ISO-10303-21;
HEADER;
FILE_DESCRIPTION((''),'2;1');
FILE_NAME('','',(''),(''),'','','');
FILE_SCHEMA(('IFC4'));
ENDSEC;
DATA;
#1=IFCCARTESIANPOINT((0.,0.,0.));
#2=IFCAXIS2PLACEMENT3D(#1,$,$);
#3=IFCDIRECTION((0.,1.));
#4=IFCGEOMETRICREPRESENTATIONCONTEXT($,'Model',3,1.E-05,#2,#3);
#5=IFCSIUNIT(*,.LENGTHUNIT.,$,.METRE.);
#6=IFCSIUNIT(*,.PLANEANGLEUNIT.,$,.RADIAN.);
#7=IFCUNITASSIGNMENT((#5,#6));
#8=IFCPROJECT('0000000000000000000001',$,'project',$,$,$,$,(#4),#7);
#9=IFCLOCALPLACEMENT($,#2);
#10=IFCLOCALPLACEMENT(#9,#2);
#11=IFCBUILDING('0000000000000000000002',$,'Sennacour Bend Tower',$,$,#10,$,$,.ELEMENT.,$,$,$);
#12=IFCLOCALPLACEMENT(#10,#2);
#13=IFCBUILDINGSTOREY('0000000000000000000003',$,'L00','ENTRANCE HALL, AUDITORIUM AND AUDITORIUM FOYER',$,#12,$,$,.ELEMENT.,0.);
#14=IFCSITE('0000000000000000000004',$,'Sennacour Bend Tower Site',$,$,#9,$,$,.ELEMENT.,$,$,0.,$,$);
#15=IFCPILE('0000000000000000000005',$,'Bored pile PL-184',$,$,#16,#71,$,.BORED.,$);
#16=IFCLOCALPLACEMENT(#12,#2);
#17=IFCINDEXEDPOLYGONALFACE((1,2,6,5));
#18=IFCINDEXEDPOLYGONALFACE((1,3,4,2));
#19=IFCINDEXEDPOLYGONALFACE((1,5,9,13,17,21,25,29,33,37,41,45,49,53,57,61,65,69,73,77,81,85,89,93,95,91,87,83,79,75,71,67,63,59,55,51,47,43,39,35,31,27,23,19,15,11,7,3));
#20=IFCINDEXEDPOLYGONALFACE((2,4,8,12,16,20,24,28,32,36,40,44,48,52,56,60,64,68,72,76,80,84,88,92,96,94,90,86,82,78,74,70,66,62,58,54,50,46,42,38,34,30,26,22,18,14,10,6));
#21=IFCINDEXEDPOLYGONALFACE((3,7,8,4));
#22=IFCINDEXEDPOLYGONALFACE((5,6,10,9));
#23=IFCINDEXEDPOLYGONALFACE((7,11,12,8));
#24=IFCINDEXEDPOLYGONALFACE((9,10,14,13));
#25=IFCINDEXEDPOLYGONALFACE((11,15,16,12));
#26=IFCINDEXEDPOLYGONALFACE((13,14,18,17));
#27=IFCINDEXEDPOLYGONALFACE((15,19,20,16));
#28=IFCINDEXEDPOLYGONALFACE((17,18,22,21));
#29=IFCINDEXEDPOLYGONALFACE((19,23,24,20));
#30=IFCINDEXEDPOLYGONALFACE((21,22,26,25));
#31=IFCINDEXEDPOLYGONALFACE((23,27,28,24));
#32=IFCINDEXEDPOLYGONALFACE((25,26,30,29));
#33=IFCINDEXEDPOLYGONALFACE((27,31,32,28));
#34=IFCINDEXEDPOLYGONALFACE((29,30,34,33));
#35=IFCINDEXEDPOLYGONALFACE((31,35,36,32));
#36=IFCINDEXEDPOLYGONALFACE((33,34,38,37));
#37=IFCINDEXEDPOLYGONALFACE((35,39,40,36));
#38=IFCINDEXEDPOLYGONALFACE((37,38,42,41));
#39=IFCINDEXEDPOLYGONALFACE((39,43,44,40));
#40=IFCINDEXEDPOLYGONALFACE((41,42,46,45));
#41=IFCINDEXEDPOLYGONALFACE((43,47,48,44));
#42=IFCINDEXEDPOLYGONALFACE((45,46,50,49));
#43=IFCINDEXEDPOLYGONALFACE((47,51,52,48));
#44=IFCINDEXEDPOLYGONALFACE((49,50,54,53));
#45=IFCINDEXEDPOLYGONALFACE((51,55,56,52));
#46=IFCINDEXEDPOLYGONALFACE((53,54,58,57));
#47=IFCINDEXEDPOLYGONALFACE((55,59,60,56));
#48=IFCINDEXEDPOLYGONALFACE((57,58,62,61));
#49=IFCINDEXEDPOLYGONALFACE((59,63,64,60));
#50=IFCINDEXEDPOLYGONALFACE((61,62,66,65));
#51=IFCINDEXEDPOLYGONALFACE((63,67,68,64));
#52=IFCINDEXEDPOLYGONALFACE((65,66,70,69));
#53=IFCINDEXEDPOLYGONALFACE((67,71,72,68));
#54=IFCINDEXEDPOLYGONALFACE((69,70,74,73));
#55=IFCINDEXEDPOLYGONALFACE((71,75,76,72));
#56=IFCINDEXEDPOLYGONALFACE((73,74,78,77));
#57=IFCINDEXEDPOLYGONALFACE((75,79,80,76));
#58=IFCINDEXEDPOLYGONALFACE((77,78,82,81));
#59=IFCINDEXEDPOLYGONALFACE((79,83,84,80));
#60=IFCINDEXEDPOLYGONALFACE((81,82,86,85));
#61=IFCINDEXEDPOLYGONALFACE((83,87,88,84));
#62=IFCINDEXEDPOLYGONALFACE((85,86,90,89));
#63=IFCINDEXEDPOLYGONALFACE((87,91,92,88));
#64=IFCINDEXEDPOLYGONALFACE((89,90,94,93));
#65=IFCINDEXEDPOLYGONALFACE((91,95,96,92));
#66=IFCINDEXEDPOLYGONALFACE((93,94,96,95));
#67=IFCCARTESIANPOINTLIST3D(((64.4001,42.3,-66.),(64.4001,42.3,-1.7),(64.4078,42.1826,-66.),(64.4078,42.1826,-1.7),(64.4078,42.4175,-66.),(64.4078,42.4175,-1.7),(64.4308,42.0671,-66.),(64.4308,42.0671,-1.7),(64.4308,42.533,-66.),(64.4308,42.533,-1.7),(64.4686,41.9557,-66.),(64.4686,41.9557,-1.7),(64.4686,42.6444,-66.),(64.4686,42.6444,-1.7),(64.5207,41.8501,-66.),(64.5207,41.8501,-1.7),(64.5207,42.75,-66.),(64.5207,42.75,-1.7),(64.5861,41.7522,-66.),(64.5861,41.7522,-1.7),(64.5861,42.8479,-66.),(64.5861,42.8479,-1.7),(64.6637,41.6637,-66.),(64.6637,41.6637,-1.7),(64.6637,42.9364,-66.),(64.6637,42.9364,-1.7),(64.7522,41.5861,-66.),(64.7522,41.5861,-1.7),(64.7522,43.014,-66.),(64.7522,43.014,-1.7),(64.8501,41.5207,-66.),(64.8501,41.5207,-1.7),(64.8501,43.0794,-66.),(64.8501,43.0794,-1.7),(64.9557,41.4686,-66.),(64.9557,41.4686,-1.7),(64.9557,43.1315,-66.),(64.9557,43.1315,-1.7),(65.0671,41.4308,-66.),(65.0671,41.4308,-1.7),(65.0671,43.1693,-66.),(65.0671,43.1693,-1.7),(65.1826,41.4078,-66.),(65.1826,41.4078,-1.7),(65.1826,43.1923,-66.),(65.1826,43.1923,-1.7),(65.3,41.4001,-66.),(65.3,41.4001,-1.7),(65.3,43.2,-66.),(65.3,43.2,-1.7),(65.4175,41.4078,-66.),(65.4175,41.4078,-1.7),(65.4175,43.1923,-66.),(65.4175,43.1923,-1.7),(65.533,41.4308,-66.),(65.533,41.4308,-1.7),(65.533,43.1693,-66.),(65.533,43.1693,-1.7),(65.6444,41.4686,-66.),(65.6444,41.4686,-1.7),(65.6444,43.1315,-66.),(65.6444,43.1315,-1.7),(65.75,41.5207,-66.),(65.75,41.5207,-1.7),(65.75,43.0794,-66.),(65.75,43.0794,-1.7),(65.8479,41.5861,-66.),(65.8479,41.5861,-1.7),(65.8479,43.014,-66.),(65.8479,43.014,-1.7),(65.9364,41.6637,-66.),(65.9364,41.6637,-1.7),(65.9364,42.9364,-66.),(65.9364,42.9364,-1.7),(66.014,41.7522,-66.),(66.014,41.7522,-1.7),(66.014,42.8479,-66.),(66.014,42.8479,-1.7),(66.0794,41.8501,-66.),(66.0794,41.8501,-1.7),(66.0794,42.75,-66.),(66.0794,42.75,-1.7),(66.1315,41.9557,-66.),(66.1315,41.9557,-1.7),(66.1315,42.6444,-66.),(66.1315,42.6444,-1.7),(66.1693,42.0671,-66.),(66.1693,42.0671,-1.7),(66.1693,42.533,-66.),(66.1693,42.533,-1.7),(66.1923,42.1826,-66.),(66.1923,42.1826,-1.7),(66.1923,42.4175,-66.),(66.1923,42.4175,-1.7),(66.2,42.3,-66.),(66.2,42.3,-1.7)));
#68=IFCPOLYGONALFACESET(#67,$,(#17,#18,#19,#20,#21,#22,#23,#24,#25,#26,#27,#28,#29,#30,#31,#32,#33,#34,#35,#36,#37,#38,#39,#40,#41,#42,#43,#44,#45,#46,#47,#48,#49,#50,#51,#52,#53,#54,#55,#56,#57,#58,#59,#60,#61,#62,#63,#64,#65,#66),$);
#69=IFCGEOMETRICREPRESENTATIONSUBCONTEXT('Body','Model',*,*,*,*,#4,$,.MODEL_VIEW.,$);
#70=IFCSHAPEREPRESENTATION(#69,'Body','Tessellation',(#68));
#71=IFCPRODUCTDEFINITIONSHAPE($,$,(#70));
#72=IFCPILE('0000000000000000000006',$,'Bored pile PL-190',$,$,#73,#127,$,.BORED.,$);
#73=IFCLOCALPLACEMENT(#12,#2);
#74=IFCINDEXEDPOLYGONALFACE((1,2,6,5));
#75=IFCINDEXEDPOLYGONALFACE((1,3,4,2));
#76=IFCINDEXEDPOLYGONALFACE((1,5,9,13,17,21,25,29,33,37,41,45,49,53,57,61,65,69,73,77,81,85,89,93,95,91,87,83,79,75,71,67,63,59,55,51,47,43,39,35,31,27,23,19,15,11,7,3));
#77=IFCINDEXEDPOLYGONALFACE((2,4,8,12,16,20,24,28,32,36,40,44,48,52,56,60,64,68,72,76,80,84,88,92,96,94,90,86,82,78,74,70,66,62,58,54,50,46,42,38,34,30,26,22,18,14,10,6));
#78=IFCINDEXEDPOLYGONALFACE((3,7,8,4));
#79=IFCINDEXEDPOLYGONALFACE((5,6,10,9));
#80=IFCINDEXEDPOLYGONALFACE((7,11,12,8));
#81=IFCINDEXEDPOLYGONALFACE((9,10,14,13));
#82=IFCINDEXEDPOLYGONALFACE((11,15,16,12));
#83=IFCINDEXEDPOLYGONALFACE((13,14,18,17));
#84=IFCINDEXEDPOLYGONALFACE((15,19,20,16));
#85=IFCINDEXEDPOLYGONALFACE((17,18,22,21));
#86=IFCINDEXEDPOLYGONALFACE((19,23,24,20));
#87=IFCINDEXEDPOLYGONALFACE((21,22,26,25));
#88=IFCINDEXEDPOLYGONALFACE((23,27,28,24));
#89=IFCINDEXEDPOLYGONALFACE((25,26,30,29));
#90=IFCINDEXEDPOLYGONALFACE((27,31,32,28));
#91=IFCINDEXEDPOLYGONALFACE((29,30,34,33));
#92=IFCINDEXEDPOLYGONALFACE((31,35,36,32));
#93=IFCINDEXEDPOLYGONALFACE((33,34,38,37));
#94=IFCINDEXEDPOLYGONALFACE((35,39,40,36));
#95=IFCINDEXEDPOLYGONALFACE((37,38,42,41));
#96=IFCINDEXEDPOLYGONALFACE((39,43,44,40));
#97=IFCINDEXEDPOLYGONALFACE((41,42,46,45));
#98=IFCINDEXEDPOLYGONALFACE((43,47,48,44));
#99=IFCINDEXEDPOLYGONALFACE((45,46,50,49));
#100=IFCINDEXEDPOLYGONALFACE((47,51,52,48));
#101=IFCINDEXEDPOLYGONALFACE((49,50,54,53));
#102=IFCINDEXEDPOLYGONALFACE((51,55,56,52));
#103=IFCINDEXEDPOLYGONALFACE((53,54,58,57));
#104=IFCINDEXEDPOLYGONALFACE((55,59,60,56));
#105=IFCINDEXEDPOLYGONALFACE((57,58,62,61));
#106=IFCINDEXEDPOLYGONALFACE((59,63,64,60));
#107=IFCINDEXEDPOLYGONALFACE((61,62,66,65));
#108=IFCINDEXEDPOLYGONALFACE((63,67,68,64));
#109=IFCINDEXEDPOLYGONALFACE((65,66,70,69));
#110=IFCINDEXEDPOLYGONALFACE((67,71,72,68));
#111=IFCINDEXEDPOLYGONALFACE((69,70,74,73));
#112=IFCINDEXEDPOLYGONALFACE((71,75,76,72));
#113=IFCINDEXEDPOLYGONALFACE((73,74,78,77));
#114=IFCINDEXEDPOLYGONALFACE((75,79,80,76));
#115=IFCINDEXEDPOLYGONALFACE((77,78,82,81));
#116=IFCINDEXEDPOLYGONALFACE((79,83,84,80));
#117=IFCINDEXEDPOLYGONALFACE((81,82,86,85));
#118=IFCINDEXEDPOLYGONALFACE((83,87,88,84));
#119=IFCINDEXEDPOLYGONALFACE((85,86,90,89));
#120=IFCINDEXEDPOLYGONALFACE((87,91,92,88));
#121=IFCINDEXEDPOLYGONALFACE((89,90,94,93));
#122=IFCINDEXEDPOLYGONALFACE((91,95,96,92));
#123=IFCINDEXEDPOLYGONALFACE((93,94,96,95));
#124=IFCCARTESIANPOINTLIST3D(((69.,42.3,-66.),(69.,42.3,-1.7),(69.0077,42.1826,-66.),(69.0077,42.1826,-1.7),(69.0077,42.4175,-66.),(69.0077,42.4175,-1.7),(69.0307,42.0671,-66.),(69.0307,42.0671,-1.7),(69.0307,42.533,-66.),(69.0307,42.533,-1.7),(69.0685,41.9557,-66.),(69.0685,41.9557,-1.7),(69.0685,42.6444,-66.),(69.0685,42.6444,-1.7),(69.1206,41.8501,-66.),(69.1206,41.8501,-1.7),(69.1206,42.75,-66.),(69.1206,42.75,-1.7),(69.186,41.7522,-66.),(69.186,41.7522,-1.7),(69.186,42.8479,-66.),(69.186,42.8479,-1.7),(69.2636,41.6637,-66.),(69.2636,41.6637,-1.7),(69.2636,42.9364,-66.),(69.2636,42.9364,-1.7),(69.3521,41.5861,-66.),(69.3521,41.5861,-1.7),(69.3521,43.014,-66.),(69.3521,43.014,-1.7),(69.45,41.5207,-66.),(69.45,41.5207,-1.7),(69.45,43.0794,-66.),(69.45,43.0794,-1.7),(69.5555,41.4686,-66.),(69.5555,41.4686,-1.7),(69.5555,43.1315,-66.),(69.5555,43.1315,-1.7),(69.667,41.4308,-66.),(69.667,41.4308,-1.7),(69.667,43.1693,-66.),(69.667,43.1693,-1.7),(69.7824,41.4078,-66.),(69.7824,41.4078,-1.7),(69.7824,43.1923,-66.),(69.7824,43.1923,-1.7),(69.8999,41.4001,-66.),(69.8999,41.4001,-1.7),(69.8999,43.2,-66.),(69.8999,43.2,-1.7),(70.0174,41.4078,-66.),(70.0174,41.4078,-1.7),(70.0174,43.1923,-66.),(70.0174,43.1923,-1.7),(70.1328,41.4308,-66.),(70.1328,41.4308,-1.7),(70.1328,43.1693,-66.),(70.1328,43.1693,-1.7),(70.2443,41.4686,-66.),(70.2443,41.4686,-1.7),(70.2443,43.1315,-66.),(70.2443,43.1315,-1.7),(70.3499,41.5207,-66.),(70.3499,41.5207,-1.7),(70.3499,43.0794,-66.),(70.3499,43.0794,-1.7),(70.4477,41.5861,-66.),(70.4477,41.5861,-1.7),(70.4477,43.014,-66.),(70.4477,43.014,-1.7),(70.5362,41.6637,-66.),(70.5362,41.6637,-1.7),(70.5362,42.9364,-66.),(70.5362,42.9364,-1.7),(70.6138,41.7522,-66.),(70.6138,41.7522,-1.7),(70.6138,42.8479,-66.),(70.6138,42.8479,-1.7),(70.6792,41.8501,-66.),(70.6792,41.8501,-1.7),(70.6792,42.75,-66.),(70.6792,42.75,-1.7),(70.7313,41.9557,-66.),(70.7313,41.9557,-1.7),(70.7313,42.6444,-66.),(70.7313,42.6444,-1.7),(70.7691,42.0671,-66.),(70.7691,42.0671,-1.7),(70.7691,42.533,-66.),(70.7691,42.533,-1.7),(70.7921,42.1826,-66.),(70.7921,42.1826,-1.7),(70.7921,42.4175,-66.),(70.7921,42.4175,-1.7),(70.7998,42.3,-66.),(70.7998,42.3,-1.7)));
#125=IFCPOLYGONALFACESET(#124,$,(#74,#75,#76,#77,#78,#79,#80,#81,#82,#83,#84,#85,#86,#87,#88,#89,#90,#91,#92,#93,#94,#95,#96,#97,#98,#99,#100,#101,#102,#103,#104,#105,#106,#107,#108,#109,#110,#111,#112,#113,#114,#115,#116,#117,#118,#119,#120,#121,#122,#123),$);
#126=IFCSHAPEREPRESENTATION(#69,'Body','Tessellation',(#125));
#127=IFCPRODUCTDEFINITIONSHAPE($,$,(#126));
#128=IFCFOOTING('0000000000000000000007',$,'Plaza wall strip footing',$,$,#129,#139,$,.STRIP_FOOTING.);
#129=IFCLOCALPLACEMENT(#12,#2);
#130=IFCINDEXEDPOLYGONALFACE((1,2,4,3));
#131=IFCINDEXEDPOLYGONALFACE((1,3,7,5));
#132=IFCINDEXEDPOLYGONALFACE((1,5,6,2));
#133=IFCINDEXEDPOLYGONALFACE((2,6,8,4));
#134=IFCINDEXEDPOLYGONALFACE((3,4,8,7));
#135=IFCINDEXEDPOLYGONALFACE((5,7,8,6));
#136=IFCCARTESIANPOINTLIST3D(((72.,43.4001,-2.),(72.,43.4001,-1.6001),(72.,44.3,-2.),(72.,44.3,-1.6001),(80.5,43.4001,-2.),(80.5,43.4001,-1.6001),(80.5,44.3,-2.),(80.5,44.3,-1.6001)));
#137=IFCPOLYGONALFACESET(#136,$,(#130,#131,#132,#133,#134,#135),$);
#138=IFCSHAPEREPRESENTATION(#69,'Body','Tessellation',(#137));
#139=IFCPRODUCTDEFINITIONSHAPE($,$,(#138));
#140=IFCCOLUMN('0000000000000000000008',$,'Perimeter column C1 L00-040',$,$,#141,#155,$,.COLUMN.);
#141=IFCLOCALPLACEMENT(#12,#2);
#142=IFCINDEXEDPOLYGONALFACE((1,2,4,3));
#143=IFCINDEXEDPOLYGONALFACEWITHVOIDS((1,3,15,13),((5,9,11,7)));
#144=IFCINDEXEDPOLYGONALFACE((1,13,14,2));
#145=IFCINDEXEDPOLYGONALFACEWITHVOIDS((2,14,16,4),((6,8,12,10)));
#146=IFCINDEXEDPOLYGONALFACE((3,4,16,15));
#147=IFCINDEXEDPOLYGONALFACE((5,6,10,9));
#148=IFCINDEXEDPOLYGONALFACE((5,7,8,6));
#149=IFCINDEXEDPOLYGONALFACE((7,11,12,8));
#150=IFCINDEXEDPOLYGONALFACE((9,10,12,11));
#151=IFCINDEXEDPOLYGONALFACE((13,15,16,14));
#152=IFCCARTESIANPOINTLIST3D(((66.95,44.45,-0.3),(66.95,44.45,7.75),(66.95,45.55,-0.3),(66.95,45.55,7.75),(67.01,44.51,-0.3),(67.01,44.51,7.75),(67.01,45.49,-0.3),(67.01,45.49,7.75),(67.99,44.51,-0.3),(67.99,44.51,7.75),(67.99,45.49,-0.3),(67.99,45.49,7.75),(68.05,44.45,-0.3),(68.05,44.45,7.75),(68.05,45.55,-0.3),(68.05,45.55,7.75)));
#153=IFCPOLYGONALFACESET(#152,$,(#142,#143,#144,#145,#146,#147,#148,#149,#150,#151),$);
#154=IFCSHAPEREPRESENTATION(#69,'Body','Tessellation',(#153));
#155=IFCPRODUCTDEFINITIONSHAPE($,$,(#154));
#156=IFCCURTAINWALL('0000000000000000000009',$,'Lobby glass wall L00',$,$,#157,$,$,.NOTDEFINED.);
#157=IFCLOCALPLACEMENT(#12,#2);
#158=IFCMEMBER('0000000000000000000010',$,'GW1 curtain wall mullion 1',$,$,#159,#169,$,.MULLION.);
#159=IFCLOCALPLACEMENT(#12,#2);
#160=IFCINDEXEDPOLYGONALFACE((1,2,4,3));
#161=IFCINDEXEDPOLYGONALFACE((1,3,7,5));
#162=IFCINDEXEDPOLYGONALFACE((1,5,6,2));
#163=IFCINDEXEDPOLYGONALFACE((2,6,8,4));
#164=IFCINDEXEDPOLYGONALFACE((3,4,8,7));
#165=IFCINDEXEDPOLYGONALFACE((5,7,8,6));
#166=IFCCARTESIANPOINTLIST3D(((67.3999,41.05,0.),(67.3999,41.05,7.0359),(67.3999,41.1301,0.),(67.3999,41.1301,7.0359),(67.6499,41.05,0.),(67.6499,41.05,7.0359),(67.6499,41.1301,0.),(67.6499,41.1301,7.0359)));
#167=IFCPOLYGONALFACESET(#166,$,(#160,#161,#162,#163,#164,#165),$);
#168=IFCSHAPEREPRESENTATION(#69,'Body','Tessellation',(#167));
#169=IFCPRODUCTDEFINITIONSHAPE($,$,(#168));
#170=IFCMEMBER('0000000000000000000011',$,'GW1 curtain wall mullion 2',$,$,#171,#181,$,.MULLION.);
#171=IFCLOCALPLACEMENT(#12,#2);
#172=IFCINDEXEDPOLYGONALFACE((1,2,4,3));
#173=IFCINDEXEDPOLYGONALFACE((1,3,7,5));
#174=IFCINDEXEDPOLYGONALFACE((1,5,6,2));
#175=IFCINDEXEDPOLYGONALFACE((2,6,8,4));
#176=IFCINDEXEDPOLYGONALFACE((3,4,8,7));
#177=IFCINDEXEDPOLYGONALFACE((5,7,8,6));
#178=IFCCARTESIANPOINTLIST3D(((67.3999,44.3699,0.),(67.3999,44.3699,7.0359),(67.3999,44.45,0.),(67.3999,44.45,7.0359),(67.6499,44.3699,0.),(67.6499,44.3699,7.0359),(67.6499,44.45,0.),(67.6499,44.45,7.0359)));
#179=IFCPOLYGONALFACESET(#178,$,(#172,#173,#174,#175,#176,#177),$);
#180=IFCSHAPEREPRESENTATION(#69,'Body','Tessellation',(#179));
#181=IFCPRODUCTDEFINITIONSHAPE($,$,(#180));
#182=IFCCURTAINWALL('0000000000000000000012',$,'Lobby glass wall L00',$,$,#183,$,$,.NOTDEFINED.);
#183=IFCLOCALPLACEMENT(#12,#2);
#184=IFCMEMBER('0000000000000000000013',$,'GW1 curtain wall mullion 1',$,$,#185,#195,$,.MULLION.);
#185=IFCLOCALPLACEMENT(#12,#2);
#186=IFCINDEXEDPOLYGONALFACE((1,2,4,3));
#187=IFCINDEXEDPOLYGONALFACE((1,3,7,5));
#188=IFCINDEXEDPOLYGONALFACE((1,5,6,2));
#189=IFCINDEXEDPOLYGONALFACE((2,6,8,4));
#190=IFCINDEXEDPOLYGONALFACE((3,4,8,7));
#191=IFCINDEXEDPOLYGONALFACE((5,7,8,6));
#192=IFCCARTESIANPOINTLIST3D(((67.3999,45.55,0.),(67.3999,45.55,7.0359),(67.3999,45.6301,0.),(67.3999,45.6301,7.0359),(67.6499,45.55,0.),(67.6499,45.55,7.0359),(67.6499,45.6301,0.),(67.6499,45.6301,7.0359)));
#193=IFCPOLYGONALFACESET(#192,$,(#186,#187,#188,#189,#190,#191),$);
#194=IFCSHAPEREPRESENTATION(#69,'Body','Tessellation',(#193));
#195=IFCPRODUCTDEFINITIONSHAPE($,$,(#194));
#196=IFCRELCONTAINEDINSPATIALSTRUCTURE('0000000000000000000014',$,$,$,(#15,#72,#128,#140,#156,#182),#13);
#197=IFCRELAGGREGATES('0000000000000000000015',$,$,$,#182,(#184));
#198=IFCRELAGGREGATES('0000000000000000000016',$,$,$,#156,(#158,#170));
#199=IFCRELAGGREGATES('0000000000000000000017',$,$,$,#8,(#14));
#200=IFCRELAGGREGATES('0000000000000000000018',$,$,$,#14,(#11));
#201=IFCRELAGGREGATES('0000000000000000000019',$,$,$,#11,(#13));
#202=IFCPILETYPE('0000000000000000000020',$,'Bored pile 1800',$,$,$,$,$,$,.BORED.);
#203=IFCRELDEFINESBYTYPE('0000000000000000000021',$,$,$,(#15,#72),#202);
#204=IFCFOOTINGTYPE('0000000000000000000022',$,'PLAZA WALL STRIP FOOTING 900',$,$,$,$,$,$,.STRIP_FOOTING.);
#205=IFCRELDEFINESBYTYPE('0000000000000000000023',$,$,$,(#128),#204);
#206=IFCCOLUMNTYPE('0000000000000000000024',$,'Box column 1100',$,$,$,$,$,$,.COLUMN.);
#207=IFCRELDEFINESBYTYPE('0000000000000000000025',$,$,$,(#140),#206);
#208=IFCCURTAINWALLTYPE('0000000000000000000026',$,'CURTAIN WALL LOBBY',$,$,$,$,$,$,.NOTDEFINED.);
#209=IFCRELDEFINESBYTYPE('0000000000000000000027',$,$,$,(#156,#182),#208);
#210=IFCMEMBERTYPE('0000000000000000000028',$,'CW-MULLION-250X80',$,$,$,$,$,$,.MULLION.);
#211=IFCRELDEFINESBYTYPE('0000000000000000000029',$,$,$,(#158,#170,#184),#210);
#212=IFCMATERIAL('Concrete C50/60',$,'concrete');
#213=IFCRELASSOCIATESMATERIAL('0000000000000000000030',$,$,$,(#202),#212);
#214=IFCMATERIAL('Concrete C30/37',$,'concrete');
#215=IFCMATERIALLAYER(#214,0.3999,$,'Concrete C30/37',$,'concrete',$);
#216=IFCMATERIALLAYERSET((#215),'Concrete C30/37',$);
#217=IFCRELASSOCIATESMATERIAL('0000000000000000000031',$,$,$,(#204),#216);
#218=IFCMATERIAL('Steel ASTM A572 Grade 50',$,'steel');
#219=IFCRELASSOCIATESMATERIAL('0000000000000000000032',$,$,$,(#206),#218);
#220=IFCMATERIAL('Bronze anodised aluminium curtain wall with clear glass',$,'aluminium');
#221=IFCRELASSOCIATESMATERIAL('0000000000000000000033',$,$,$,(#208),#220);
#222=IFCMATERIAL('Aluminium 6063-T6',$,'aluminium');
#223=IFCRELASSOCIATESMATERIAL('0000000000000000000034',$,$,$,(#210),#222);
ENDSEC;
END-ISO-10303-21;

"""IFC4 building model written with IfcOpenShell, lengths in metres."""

from ifc_helpers import new_model, si_unit, direction, frame, origin, origin_2d, place, context, subcontext, project, spatial, rectangle, hollow_rectangle, circle, extrude, material, layer, layer_set, material_profile, profile_set, type_object, element, aggregate, save


model = new_model("IFC4")

# Units and contexts
model_context = context("Model", 3, precision=1e-05, world=origin(), true_north=direction((0.0, 1.0)))
body_context = subcontext(model_context, "Body", "Model", "MODEL_VIEW")
ifc_project = project(units=[si_unit("LENGTHUNIT", "METRE"), si_unit("PLANEANGLEUNIT", "RADIAN")], contexts=[model_context])

# Site, building, storey
site_placement = place(None, origin())
site = spatial("IfcSite", under=ifc_project, at=site_placement, Name="Sennacour Bend Tower Site", CompositionType="ELEMENT", RefElevation=0.0)
building_placement = place(site_placement, origin())
building = spatial("IfcBuilding", under=site, at=building_placement, Name="Sennacour Bend Tower", CompositionType="ELEMENT")
storey_placement = place(building_placement, origin())
storey = spatial("IfcBuildingStorey", under=building, at=storey_placement, Name="L00", Description="ENTRANCE HALL, AUDITORIUM AND AUDITORIUM FOYER", CompositionType="ELEMENT", Elevation=0.0)

# Piles
ifc_material_1 = material(Name="Concrete C50/60", Category="concrete")
ifc_material_profile_1 = material_profile(ifc_material_1, circle(Radius=0.8999, at=origin_2d()), Name="Concrete C50/60", Category="concrete")
ifc_profile_set_1 = profile_set([ifc_material_profile_1], Name="Concrete C50/60")
pile_type = type_object("IfcPileType", Name="Bored pile 1800", PredefinedType="BORED", material=ifc_profile_set_1)
for number, where, z_axis, x_axis, name in (
    (1, (65.3, 42.3, -1.7), (0.0, 0.0, -1.0), (1.0, 0.0, 0.0), "Bored pile PL-184"),
    (2, (69.8999, 42.3, -1.7), (0.0, 0.0, -1.0), (1.0, 0.0, 0.0), "Bored pile PL-190"),
):
    element("IfcPile", number, at=place(storey_placement, frame(where, z_axis=z_axis, x_axis=x_axis)), inside=storey, type_object=pile_type, Name=name, PredefinedType="BORED", context=body_context, shape_type="SweptSolid", body=[
        extrude(circle(Radius=0.8999, at=origin_2d()), origin(), (0.0, 0.0, 1.0), 64.3),
    ])

# Footing
ifc_material_2 = material(Name="Concrete C30/37", Category="concrete")
ifc_layer_1 = layer(ifc_material_2, 0.3999, Name="Concrete C30/37", Category="concrete")
ifc_layer_set_1 = layer_set([ifc_layer_1], Name="Concrete C30/37")
footing_type = type_object("IfcFootingType", Name="PLAZA WALL STRIP FOOTING 900", PredefinedType="STRIP_FOOTING", material=ifc_layer_set_1)
footing_placement = place(storey_placement, frame((76.25, 43.8501, -2.0), z_axis=(0.0, 0.0, 1.0), x_axis=(1.0, 0.0, 0.0)))
element("IfcFooting", 3, at=footing_placement, inside=storey, type_object=footing_type, Name="Plaza wall strip footing", PredefinedType="STRIP_FOOTING", context=body_context, shape_type="SweptSolid", body=[
    extrude(rectangle(XDim=8.5, YDim=0.8999, at=origin_2d()), origin(), (0.0, 0.0, 1.0), 0.3999),
])

# Column
ifc_material_3 = material(Name="Steel ASTM A572 Grade 50", Category="steel")
ifc_material_profile_2 = material_profile(ifc_material_3, hollow_rectangle(XDim=1.1001, YDim=1.1001, WallThickness=0.0601, at=origin_2d()), Name="Steel ASTM A572 Grade 50", Category="steel")
ifc_profile_set_2 = profile_set([ifc_material_profile_2], Name="Steel ASTM A572 Grade 50")
column_type = type_object("IfcColumnType", Name="Box column 1100", PredefinedType="COLUMN", material=ifc_profile_set_2)
column_placement = place(storey_placement, frame((67.5, 45.0, -0.3), z_axis=(0.0, 0.0, 1.0), x_axis=(1.0, 0.0, 0.0)))
element("IfcColumn", 4, at=column_placement, inside=storey, type_object=column_type, Name="Perimeter column C1 L00-040", PredefinedType="COLUMN", context=body_context, shape_type="SweptSolid", body=[
    extrude(hollow_rectangle(XDim=1.1001, YDim=1.1001, WallThickness=0.0601, at=origin_2d()), origin(), (0.0, 0.0, 1.0), 8.05),
])

# Curtain wall, members
ifc_material_4 = material(Name="Bronze anodised aluminium curtain wall with clear glass", Category="aluminium")
curtain_wall_type = type_object("IfcCurtainWallType", Name="CURTAIN WALL LOBBY", PredefinedType="NOTDEFINED", material=ifc_material_4)
curtain_wall_1_placement = place(storey_placement, origin())
curtain_wall_1 = element("IfcCurtainWall", 5, at=curtain_wall_1_placement, inside=storey, type_object=curtain_wall_type, Name="Lobby glass wall L00", PredefinedType="NOTDEFINED")
ifc_material_5 = material(Name="Aluminium 6063-T6", Category="aluminium")
ifc_material_profile_3 = material_profile(ifc_material_5, rectangle(XDim=0.25, YDim=0.0801, at=origin_2d()), Name="Aluminium 6063-T6", Category="aluminium")
ifc_profile_set_3 = profile_set([ifc_material_profile_3], Name="Aluminium 6063-T6")
member_type_1 = type_object("IfcMemberType", Name="CW-MULLION-250X80", PredefinedType="MULLION", material=ifc_profile_set_3)
member_1_placement = place(storey_placement, frame((67.5249, 41.0901, 0.0), z_axis=(0.0, 0.0, 1.0), x_axis=(-1.0, 0.0, 0.0)))
member_1 = element("IfcMember", 6, at=member_1_placement, type_object=member_type_1, Name="GW1 curtain wall mullion 1", PredefinedType="MULLION", context=body_context, shape_type="SweptSolid", body=[
    extrude(rectangle(XDim=0.25, YDim=0.0801, at=origin_2d()), origin(), (0.0, 0.0, 1.0), 7.0359),
])
member_2_placement = place(storey_placement, frame((67.5249, 44.4099, 0.0), z_axis=(0.0, 0.0, 1.0), x_axis=(-1.0, 0.0, 0.0)))
member_2 = element("IfcMember", 7, at=member_2_placement, type_object=member_type_1, Name="GW1 curtain wall mullion 2", PredefinedType="MULLION", context=body_context, shape_type="SweptSolid", body=[
    extrude(rectangle(XDim=0.25, YDim=0.0801, at=origin_2d()), origin(), (0.0, 0.0, 1.0), 7.0359),
])

# Curtain wall, member
curtain_wall_2_placement = place(storey_placement, origin())
curtain_wall_2 = element("IfcCurtainWall", 8, at=curtain_wall_2_placement, inside=storey, type_object=curtain_wall_type, Name="Lobby glass wall L00", PredefinedType="NOTDEFINED")
member_3_placement = place(storey_placement, frame((67.5249, 45.5901, 0.0), z_axis=(0.0, 0.0, 1.0), x_axis=(-1.0, 0.0, 0.0)))
member_3 = element("IfcMember", 9, at=member_3_placement, type_object=member_type_1, Name="GW1 curtain wall mullion 1", PredefinedType="MULLION", context=body_context, shape_type="SweptSolid", body=[
    extrude(rectangle(XDim=0.25, YDim=0.0801, at=origin_2d()), origin(), (0.0, 0.0, 1.0), 7.0359),
])

aggregate(curtain_wall_2, [member_3])

aggregate(curtain_wall_1, [member_1, member_2])

save(model, "model.ifc")
